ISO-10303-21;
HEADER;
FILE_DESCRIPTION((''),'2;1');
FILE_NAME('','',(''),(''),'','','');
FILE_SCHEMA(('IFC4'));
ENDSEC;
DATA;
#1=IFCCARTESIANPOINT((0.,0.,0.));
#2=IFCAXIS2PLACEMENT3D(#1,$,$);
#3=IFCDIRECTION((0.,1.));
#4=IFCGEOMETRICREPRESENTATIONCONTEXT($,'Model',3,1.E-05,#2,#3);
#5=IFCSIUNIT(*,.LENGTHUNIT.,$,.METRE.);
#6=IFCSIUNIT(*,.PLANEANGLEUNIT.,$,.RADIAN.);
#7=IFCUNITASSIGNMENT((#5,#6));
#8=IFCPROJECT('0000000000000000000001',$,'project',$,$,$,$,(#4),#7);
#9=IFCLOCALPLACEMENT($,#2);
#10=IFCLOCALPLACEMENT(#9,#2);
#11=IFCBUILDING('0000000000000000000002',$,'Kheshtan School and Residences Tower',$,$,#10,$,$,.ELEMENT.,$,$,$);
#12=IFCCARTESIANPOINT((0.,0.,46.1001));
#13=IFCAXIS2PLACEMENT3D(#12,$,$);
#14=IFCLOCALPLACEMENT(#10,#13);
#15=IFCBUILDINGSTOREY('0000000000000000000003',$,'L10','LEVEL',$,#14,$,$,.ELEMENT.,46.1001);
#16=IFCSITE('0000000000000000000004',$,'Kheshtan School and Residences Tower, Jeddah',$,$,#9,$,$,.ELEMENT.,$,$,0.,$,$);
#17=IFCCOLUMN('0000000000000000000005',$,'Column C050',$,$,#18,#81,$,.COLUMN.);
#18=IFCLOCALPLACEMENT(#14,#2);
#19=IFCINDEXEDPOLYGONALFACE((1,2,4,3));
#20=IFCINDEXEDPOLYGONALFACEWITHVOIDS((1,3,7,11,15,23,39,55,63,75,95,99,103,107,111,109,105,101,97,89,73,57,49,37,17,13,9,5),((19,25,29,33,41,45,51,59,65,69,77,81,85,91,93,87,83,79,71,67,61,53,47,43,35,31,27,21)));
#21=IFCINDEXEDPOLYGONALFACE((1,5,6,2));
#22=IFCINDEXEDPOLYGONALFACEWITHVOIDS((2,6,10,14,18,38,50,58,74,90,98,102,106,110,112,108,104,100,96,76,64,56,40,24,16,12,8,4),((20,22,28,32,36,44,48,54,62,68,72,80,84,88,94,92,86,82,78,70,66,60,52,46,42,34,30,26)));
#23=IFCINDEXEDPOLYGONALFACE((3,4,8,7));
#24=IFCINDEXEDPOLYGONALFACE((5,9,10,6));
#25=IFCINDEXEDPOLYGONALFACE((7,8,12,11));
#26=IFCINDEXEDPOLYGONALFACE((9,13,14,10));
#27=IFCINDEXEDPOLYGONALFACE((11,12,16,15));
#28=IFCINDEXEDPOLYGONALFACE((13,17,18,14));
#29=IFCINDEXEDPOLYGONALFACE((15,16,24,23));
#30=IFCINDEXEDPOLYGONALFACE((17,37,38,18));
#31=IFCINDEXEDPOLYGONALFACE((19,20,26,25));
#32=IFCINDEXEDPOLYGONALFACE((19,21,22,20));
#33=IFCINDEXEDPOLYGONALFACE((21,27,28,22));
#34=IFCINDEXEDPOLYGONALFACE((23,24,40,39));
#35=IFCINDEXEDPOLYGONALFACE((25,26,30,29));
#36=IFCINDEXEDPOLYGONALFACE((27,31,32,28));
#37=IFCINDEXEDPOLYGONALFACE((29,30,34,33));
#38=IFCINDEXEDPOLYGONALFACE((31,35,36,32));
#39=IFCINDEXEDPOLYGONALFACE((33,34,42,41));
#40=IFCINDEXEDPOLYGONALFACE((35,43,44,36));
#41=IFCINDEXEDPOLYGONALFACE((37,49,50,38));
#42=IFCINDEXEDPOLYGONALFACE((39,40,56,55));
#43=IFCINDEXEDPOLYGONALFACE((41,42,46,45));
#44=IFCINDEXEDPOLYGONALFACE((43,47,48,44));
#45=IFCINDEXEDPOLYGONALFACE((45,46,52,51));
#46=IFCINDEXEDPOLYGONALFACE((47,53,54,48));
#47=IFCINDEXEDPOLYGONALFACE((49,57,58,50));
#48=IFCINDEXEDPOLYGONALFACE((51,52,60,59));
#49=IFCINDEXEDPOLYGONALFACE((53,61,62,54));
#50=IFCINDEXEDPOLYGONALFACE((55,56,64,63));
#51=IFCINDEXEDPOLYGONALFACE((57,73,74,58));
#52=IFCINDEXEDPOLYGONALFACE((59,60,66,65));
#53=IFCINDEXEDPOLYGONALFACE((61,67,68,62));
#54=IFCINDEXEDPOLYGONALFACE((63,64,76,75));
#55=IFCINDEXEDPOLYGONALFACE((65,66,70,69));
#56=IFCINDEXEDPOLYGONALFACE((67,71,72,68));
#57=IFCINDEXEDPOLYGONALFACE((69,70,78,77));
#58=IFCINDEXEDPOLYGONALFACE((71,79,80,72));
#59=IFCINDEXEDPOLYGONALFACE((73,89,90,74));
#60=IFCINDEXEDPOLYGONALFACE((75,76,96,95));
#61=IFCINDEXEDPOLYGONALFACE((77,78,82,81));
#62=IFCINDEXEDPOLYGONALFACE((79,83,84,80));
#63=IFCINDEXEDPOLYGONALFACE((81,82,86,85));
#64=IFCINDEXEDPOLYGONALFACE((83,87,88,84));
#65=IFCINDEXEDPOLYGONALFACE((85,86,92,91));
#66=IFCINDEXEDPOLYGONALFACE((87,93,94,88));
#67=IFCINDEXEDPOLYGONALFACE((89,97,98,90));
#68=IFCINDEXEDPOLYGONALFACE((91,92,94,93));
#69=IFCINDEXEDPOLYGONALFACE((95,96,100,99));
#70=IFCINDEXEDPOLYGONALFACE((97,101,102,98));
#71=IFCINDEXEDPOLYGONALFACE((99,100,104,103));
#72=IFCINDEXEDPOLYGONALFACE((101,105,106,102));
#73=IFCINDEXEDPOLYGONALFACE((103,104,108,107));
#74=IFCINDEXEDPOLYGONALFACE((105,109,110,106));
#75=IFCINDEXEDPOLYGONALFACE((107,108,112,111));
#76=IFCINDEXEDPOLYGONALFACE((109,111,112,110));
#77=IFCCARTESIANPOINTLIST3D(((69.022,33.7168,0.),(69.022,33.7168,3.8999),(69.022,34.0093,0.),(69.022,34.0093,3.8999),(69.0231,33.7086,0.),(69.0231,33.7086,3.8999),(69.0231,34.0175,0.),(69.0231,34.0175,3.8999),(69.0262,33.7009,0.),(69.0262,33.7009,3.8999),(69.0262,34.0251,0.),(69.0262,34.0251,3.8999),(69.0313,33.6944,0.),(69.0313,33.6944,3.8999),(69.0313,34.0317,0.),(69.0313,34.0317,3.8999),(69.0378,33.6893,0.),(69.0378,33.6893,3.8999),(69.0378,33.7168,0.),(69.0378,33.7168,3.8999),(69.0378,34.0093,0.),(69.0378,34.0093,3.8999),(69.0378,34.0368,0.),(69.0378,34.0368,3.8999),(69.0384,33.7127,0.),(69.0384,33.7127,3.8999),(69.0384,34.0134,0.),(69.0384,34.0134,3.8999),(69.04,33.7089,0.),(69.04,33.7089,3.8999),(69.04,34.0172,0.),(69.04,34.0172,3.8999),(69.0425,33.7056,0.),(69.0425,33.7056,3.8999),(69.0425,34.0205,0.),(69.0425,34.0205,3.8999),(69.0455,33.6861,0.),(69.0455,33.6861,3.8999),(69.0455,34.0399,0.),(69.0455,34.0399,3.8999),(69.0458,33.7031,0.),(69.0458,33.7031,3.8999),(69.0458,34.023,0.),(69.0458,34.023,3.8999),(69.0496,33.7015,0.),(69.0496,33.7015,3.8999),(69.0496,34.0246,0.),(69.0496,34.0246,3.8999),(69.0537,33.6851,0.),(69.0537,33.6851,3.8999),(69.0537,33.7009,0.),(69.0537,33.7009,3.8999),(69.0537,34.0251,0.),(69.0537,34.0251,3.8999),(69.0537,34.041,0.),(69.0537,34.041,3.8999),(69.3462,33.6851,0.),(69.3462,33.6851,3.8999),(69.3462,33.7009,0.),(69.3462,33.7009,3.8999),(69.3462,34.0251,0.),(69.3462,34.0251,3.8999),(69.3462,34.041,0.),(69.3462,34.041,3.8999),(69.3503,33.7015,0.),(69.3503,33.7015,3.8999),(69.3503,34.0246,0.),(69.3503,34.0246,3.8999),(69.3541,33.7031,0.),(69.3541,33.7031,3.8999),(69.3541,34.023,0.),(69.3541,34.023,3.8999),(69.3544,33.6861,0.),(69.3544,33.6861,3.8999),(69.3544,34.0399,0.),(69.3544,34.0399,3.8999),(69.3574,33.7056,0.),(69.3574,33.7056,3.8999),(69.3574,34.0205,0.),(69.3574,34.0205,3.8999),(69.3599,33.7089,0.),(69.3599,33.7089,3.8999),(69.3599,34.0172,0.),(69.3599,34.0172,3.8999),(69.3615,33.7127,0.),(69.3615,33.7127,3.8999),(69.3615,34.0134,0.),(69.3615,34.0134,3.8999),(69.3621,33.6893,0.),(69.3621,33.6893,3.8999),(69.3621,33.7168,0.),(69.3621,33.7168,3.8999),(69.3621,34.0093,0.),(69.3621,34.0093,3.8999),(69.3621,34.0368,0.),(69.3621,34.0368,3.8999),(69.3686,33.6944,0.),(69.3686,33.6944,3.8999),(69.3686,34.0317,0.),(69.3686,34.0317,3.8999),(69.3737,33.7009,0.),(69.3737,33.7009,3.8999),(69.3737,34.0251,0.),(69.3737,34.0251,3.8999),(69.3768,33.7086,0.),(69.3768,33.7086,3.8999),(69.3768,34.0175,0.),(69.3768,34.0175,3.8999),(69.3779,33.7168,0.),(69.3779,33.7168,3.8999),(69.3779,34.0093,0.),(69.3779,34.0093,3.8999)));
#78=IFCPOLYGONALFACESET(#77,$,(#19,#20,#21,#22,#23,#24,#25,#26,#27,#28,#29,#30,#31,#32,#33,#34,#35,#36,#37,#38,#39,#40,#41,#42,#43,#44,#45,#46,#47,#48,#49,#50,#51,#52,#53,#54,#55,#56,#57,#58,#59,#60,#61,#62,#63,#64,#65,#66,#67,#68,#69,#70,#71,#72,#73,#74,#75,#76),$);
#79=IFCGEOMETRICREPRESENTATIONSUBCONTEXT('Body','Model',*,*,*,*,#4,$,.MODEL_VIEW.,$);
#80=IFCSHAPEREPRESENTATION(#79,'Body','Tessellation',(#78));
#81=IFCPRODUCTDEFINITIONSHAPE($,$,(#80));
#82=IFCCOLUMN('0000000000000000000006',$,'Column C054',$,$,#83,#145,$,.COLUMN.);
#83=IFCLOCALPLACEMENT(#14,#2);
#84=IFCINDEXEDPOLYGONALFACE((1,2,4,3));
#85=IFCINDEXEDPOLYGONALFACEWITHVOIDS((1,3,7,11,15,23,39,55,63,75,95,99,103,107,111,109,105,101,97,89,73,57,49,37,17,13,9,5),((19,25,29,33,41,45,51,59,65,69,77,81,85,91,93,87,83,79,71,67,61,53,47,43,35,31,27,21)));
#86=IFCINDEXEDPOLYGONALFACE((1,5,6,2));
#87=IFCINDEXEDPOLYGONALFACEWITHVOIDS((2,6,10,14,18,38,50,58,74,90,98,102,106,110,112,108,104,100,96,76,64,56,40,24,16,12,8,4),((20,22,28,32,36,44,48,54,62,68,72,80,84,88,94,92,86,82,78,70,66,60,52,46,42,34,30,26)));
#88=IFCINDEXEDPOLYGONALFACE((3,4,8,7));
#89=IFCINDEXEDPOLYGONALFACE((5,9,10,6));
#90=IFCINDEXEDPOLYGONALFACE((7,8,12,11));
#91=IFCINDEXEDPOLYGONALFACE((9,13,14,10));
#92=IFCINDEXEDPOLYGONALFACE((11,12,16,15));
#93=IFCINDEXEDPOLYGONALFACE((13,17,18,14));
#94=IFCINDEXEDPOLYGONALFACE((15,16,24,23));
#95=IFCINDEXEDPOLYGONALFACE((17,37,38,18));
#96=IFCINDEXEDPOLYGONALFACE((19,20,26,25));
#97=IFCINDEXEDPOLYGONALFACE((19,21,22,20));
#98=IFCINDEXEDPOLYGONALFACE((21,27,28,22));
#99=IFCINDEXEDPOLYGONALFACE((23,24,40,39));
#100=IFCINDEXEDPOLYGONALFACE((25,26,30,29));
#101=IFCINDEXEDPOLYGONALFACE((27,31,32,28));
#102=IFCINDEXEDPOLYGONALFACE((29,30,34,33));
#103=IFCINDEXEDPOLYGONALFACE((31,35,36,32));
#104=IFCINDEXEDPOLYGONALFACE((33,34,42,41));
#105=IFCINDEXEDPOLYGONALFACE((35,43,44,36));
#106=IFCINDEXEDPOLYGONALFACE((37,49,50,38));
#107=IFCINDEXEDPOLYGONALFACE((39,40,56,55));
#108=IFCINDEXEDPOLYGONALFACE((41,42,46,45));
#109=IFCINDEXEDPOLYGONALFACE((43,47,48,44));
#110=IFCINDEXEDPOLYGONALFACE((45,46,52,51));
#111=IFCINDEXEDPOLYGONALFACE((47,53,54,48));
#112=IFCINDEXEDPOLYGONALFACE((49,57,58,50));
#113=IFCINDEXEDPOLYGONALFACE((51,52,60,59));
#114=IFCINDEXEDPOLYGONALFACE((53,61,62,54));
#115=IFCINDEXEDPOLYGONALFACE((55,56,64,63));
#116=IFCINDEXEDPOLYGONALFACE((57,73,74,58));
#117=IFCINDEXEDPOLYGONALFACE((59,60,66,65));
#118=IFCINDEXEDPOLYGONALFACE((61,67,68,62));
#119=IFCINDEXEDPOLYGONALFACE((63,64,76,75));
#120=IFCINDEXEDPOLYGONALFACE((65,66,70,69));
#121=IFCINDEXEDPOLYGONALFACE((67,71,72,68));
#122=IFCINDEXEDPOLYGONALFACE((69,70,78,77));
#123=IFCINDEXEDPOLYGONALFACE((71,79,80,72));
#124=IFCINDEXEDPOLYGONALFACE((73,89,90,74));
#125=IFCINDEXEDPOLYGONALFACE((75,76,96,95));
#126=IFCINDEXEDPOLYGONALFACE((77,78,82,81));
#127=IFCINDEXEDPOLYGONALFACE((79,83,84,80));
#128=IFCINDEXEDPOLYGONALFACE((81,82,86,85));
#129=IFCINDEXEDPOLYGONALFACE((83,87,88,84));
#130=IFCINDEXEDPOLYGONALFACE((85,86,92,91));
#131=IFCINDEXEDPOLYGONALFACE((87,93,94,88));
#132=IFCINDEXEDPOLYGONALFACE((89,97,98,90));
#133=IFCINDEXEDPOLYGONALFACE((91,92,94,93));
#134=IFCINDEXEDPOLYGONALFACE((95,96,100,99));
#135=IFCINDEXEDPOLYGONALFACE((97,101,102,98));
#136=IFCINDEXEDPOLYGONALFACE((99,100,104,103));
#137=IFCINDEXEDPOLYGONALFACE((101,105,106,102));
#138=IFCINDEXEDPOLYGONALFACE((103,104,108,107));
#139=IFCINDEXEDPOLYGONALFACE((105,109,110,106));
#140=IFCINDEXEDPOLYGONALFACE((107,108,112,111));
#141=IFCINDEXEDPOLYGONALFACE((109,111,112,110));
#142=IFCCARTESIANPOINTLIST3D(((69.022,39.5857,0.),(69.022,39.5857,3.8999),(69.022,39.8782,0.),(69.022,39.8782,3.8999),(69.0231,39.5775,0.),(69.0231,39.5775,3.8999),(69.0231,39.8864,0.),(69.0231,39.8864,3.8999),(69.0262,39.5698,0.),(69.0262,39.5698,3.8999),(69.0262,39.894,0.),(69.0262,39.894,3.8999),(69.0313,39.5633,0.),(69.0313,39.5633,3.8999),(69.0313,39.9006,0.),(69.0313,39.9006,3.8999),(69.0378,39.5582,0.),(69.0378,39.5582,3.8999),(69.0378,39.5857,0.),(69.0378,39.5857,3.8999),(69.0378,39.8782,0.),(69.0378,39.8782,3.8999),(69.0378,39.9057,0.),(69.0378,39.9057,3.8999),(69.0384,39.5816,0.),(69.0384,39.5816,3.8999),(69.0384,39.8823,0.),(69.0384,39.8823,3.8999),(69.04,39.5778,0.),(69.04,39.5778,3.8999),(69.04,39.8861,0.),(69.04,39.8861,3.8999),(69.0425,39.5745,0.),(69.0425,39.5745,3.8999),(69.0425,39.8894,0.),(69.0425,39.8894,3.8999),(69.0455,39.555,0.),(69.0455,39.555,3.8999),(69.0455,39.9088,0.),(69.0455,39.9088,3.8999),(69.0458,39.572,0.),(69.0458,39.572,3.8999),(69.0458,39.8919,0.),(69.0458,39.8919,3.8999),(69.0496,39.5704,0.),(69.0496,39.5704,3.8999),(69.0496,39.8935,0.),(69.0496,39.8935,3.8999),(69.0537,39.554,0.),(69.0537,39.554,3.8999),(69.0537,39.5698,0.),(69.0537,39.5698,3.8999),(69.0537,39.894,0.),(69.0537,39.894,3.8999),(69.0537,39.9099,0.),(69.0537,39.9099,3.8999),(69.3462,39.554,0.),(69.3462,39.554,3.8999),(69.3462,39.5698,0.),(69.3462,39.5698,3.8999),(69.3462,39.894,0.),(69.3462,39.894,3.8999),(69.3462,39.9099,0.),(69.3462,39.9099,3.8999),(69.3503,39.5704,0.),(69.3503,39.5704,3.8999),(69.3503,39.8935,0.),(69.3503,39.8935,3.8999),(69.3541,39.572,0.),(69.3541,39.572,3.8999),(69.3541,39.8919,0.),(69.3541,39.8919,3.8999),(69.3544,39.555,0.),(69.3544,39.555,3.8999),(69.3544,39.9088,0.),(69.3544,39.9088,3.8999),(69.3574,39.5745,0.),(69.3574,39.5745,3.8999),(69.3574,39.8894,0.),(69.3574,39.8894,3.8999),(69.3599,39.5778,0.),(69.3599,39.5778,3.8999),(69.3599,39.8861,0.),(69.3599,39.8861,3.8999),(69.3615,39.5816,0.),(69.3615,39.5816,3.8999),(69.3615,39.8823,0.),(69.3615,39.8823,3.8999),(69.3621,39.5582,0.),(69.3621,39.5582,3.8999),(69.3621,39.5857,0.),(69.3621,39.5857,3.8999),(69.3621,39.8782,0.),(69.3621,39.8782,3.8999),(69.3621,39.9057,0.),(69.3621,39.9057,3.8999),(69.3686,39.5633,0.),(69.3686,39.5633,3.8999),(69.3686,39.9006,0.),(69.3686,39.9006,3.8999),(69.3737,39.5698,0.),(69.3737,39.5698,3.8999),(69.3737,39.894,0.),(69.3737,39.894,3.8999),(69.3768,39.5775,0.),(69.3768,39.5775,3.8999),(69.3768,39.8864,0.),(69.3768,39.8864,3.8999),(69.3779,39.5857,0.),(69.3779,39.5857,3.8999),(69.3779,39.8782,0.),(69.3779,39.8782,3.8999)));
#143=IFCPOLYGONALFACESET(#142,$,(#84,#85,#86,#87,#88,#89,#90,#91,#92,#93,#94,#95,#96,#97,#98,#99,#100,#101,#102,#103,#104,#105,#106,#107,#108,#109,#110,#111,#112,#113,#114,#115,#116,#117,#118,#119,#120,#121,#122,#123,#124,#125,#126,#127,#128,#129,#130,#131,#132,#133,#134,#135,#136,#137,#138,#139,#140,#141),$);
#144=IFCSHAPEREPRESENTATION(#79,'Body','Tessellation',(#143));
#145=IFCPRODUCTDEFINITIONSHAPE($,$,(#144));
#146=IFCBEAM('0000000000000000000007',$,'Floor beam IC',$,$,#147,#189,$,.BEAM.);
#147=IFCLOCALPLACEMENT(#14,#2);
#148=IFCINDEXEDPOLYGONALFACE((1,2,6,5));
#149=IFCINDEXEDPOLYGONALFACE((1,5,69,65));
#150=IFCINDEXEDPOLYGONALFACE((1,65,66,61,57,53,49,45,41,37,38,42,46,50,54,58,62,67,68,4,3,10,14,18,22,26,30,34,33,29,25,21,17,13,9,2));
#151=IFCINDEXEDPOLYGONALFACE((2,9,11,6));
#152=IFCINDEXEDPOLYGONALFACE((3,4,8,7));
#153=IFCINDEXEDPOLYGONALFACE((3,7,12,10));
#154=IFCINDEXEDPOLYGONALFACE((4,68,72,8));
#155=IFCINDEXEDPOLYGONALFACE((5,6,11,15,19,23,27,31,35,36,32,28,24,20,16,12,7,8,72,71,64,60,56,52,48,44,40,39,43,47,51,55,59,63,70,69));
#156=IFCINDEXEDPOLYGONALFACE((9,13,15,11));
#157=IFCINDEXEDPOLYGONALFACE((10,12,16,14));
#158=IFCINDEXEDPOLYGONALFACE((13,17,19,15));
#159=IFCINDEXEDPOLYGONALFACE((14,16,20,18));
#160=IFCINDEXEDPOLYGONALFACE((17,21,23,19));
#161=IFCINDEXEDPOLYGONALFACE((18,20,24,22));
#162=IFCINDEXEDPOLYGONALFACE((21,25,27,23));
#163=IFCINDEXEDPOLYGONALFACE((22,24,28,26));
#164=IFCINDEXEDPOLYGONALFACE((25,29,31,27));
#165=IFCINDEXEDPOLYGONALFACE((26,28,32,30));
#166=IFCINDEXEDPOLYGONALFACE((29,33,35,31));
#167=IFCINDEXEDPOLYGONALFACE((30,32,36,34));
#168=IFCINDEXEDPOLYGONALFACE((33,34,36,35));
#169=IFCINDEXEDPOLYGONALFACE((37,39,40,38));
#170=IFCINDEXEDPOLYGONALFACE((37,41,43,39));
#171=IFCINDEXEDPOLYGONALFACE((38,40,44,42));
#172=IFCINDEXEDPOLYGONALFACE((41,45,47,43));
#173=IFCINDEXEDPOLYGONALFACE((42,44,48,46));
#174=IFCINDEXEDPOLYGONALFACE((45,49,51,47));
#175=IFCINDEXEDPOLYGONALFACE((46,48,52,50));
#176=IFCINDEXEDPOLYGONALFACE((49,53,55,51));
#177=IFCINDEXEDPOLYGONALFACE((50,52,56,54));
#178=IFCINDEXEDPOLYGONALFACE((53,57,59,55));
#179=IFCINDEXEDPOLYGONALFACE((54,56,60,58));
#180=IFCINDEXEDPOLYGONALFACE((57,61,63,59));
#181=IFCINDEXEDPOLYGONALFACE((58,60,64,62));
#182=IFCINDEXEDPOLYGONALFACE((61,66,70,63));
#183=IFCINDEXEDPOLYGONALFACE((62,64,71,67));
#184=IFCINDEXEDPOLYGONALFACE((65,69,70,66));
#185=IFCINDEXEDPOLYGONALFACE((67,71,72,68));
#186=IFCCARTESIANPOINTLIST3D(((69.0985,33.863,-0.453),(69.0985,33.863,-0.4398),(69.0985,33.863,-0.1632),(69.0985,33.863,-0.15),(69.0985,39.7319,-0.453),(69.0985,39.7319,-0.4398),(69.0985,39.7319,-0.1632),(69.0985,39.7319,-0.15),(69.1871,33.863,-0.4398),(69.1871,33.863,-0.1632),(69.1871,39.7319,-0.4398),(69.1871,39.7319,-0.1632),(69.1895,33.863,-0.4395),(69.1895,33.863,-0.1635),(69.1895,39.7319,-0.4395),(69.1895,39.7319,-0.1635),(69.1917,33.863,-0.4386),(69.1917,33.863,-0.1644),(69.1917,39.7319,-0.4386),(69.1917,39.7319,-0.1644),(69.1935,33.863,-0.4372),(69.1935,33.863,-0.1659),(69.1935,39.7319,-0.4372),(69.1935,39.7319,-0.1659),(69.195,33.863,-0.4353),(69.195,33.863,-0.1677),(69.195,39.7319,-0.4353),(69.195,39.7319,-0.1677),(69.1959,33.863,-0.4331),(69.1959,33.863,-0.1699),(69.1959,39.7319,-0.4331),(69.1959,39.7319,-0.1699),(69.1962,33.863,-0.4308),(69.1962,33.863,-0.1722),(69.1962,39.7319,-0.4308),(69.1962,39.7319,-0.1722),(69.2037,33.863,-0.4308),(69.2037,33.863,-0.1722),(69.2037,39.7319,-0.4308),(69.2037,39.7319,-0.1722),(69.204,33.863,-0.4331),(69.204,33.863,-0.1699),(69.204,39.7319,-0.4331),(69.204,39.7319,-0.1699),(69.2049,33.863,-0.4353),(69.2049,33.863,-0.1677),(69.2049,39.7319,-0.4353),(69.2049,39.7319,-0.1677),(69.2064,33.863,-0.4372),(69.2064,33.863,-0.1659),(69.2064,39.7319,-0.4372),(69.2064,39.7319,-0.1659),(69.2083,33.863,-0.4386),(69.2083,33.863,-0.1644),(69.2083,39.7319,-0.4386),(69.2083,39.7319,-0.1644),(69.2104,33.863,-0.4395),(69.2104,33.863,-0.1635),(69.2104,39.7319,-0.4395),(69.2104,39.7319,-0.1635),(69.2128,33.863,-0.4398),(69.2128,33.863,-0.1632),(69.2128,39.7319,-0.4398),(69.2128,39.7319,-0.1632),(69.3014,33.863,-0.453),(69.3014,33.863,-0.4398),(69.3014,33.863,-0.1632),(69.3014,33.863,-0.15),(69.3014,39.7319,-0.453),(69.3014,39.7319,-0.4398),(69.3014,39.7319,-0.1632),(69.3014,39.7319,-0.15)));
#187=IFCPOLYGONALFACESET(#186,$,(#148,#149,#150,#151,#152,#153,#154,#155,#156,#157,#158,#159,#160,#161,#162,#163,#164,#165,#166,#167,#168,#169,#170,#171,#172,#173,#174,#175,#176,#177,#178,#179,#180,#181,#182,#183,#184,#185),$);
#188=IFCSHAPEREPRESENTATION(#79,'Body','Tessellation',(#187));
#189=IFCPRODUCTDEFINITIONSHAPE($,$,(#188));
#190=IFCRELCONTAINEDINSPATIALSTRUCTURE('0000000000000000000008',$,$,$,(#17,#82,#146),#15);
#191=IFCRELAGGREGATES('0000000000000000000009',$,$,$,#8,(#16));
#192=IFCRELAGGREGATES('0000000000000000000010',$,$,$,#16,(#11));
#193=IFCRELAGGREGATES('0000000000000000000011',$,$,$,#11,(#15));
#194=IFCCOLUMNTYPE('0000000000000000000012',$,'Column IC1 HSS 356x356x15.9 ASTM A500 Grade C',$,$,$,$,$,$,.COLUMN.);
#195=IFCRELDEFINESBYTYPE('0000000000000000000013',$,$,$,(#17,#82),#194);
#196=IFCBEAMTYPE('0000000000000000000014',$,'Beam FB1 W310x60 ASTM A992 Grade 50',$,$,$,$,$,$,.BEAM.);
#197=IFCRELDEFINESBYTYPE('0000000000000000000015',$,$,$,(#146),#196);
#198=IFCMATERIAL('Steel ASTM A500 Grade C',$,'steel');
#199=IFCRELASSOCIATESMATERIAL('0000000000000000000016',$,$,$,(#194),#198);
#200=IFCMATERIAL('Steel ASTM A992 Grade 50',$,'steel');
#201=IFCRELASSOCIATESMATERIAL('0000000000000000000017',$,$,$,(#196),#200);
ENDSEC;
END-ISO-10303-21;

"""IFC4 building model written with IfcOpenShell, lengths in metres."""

from ifc_helpers import new_model, si_unit, direction, frame, origin, origin_2d, place, context, subcontext, project, spatial, hollow_rectangle, i_section, extrude, material, material_profile, profile_set, type_object, element, save


model = new_model("IFC4")

# Units and contexts
model_context = context("Model", 3, precision=1e-05, world=origin(), true_north=direction((0.0, 1.0)))
body_context = subcontext(model_context, "Body", "Model", "MODEL_VIEW")
ifc_project = project(units=[si_unit("LENGTHUNIT", "METRE"), si_unit("PLANEANGLEUNIT", "RADIAN")], contexts=[model_context])

# Site, building, storey
site_placement = place(None, origin())
site = spatial("IfcSite", under=ifc_project, at=site_placement, Name="Kheshtan School and Residences Tower, Jeddah", CompositionType="ELEMENT", RefElevation=0.0)
building_placement = place(site_placement, origin())
building = spatial("IfcBuilding", under=site, at=building_placement, Name="Kheshtan School and Residences Tower", CompositionType="ELEMENT")
storey_placement = place(building_placement, frame((0.0, 0.0, 46.1001)))
storey = spatial("IfcBuildingStorey", under=building, at=storey_placement, Name="L10", Description="LEVEL", CompositionType="ELEMENT", Elevation=46.1001)

# Columns
ifc_material_1 = material(Name="Steel ASTM A500 Grade C", Category="steel")
ifc_material_profile_1 = material_profile(ifc_material_1, hollow_rectangle(XDim=0.356, YDim=0.356, WallThickness=0.0159, InnerFilletRadius=0.0159, OuterFilletRadius=0.0317, at=origin_2d()), Name="HSS 356x356x15.9")
ifc_profile_set_1 = profile_set([ifc_material_profile_1], Name="Steel ASTM A500 Grade C")
column_type = type_object("IfcColumnType", Name="Column IC1 HSS 356x356x15.9 ASTM A500 Grade C", PredefinedType="COLUMN", material=ifc_profile_set_1)
for number, where, z_axis, x_axis, name in (
    (1, (69.2, 33.863, 0.0), (0.0, 0.0, 1.0), (1.0, 0.0, 0.0), "Column C050"),
    (2, (69.2, 39.7319, 0.0), (0.0, 0.0, 1.0), (1.0, 0.0, 0.0), "Column C054"),
):
    element("IfcColumn", number, at=place(storey_placement, frame(where, z_axis=z_axis, x_axis=x_axis)), inside=storey, type_object=column_type, Name=name, PredefinedType="COLUMN", context=body_context, shape_type="SweptSolid", body=[
        extrude(hollow_rectangle(XDim=0.356, YDim=0.356, WallThickness=0.0159, InnerFilletRadius=0.0159, OuterFilletRadius=0.0317, at=origin_2d()), origin(), (0.0, 0.0, 1.0), 3.8999),
    ])

# Beam
ifc_material_2 = material(Name="Steel ASTM A992 Grade 50", Category="steel")
ifc_material_profile_2 = material_profile(ifc_material_2, i_section(OverallWidth=0.2029, OverallDepth=0.303, WebThickness=0.0076, FlangeThickness=0.0132, FilletRadius=0.009, at=origin_2d()), Name="W310x60")
ifc_profile_set_2 = profile_set([ifc_material_profile_2], Name="Steel ASTM A992 Grade 50")
beam_type = type_object("IfcBeamType", Name="Beam FB1 W310x60 ASTM A992 Grade 50", PredefinedType="BEAM", material=ifc_profile_set_2)
beam_placement = place(storey_placement, frame((69.2, 33.863, -0.3015), z_axis=(0.0, 1.0, 0.0), x_axis=(-1.0, 0.0, 0.0)))
element("IfcBeam", 3, at=beam_placement, inside=storey, type_object=beam_type, Name="Floor beam IC", PredefinedType="BEAM", context=body_context, shape_type="SweptSolid", body=[
    extrude(i_section(OverallWidth=0.2029, OverallDepth=0.303, WebThickness=0.0076, FlangeThickness=0.0132, FilletRadius=0.009, at=origin_2d()), origin(), (0.0, 0.0, 1.0), 5.8689),
])

save(model, "model.ifc")
